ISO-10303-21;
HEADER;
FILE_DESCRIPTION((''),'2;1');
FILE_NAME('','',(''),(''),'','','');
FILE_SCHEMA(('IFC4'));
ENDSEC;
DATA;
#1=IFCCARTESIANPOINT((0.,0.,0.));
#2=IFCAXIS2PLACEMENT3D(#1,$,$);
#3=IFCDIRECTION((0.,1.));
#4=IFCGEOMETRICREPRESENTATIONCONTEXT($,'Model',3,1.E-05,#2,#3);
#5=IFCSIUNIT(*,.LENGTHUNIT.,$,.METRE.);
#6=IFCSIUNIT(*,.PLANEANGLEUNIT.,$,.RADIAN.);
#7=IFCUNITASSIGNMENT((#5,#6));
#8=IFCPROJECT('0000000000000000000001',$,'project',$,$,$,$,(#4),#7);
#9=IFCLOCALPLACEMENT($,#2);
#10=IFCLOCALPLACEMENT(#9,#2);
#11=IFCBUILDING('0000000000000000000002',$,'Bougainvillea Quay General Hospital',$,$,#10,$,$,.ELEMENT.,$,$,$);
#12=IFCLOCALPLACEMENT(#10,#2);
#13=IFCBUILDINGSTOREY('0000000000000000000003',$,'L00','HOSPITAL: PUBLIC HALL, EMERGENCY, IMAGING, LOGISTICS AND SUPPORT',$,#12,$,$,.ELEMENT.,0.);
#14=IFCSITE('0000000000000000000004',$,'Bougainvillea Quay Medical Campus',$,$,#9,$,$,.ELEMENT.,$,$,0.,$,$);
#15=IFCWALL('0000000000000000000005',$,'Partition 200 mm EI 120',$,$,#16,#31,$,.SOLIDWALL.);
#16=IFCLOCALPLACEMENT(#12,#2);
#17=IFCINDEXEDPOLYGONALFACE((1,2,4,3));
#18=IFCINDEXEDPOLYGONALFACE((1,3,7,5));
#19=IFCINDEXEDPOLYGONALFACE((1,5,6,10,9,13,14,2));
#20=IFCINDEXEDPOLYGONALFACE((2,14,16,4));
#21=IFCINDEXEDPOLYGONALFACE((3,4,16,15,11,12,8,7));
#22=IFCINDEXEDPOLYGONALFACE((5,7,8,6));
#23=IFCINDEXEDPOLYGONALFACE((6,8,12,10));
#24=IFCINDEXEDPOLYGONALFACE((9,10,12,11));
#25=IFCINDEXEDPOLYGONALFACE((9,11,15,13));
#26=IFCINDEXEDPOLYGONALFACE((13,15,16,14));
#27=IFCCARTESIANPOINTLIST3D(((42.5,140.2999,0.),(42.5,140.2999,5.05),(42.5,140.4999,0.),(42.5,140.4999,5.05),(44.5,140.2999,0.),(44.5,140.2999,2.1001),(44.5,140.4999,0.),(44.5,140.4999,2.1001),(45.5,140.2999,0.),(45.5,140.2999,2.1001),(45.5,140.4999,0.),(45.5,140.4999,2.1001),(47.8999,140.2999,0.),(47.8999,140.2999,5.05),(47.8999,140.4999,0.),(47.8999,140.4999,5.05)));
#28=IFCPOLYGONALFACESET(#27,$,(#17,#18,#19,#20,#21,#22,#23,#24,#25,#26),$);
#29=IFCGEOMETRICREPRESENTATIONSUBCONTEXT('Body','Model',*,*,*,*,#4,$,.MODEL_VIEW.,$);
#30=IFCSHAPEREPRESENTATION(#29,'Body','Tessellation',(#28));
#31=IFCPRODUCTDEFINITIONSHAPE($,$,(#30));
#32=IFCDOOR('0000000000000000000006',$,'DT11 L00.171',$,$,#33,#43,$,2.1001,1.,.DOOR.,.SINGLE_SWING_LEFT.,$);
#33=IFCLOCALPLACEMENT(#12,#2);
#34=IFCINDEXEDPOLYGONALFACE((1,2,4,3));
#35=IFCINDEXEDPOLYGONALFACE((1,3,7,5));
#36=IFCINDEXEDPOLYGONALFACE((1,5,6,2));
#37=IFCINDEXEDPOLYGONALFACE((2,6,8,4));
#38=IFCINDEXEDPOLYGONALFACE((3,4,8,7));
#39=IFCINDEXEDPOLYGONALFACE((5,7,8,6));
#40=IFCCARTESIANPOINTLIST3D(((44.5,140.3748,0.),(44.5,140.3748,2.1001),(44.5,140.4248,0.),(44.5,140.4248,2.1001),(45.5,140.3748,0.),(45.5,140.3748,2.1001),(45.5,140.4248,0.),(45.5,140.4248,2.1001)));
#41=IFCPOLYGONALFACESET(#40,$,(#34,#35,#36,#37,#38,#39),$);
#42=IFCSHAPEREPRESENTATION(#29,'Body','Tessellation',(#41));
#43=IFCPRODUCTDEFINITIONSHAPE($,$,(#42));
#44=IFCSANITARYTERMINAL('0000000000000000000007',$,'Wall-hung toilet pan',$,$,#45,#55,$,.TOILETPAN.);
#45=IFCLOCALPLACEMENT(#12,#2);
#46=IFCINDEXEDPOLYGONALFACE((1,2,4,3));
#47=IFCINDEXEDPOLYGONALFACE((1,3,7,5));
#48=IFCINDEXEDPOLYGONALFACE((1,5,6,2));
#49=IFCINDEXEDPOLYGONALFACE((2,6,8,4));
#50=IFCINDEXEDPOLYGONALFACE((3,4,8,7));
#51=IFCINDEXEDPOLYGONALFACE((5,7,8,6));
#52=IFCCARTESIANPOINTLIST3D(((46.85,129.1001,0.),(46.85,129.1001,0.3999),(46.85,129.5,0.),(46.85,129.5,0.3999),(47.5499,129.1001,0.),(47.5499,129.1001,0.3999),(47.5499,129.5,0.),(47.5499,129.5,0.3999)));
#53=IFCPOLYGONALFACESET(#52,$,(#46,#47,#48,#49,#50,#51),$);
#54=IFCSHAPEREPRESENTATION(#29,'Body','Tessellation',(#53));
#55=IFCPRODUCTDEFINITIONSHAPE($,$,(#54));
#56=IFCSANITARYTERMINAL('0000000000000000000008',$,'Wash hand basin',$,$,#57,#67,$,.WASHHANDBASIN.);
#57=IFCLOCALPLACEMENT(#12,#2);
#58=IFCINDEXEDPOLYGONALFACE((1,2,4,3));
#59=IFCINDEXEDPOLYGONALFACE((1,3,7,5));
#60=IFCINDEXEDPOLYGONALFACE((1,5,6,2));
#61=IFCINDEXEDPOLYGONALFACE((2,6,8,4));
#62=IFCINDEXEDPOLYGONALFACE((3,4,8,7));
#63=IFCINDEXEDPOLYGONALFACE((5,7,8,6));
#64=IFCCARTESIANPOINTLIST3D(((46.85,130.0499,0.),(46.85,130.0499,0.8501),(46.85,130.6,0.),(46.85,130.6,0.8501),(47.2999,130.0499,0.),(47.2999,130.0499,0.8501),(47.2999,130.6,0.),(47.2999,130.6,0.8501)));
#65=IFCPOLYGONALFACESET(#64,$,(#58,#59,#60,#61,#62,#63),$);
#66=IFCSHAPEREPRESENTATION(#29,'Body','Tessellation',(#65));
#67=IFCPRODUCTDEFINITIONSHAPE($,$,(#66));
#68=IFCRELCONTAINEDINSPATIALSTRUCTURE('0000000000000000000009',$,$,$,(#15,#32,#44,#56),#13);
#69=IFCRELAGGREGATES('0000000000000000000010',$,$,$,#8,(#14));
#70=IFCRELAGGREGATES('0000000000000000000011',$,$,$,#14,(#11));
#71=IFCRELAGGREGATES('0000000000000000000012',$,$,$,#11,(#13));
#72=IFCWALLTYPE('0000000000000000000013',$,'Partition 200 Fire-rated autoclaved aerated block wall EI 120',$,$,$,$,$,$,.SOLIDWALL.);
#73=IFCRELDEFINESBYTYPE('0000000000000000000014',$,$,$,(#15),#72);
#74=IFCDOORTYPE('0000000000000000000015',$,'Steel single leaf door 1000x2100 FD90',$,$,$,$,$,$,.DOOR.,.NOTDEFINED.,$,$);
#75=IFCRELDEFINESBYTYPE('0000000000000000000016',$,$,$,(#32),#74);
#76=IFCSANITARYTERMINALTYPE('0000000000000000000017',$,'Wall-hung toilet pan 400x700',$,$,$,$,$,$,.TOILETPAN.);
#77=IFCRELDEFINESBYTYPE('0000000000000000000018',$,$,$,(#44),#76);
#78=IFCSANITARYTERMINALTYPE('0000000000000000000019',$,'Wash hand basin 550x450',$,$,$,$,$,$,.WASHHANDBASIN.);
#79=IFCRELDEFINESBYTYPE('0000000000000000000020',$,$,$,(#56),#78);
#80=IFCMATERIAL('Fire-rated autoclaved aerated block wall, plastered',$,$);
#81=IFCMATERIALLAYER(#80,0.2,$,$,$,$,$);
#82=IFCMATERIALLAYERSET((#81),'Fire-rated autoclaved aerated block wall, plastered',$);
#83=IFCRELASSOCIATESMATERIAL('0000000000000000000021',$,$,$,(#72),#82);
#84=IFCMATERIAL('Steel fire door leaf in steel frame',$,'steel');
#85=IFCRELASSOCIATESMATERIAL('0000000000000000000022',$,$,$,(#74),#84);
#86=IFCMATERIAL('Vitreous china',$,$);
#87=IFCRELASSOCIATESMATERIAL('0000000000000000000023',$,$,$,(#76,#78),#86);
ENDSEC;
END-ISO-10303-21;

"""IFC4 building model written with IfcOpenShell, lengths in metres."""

from ifc_helpers import new_model, si_unit, direction, frame, frame_2d, origin, origin_2d, place, context, subcontext, project, spatial, rectangle, extrude, material, layer, layer_set, type_object, element, fill, save


model = new_model("IFC4")

# Units and contexts
model_context = context("Model", 3, precision=1e-05, world=origin(), true_north=direction((0.0, 1.0)))
body_context = subcontext(model_context, "Body", "Model", "MODEL_VIEW")
ifc_project = project(units=[si_unit("LENGTHUNIT", "METRE"), si_unit("PLANEANGLEUNIT", "RADIAN")], contexts=[model_context])

# Site, building, storey
site_placement = place(None, origin())
site = spatial("IfcSite", under=ifc_project, at=site_placement, Name="Bougainvillea Quay Medical Campus", CompositionType="ELEMENT", RefElevation=0.0)
building_placement = place(site_placement, origin())
building = spatial("IfcBuilding", under=site, at=building_placement, Name="Bougainvillea Quay General Hospital", CompositionType="ELEMENT")
storey_placement = place(building_placement, origin())
storey = spatial("IfcBuildingStorey", under=building, at=storey_placement, Name="L00", Description="HOSPITAL: PUBLIC HALL, EMERGENCY, IMAGING, LOGISTICS AND SUPPORT", CompositionType="ELEMENT", Elevation=0.0)

# Shared definitions
ifc_material_1 = material(Name="Fire-rated autoclaved aerated block wall, plastered")
ifc_layer_1 = layer(ifc_material_1, 0.2)
ifc_layer_set_1 = layer_set([ifc_layer_1], Name="Fire-rated autoclaved aerated block wall, plastered")
wall_type_1 = type_object("IfcWallType", Name="Partition 200 Fire-rated autoclaved aerated block wall EI 120", PredefinedType="SOLIDWALL", material=ifc_layer_set_1)
ifc_material_2 = material(Name="Steel fire door leaf in steel frame", Category="steel")

# Wall, opening, door
wall_1_placement = place(storey_placement, frame((42.5, 140.3999, 0.0), z_axis=(0.0, 0.0, 1.0), x_axis=(1.0, 0.0, 0.0)))
wall_1 = element("IfcWall", 1, at=wall_1_placement, inside=storey, type_object=wall_type_1, Name="Partition 200 mm EI 120", PredefinedType="SOLIDWALL", context=body_context, shape_type="SweptSolid", body=[
    extrude(rectangle(XDim=5.3999, YDim=0.2, at=frame_2d((2.7, 0.0))), origin(), (0.0, 0.0, 1.0), 5.05),
])
opening_1_placement = place(wall_1_placement, frame((2.0, 0.0, 0.0)))
opening_1 = element("IfcOpeningElement", 2, at=opening_1_placement, cuts=wall_1, PredefinedType="OPENING", context=body_context, shape_type="SweptSolid", body=[
    extrude(rectangle(XDim=1.0, YDim=2.1001, at=frame_2d((0.5, 1.05))), frame((0.0, 0.1099, 0.0), z_axis=(0.0, -1.0, 0.0), x_axis=(1.0, 0.0, 0.0)), (0.0, 0.0, 1.0), 0.22),
])
door_type_1 = type_object("IfcDoorType", Name="Steel single leaf door 1000x2100 FD90", OperationType="NOTDEFINED", PredefinedType="DOOR", material=ifc_material_2)
door_1_placement = place(opening_1_placement, origin())
door_1 = element("IfcDoor", 3, at=door_1_placement, inside=storey, type_object=door_type_1, Name="DT11 L00.171", OperationType="SINGLE_SWING_LEFT", OverallHeight=2.1001, OverallWidth=1.0, PredefinedType="DOOR", context=body_context, shape_type="SweptSolid", body=[
    extrude(rectangle(XDim=1.0, YDim=2.1001, at=frame_2d((0.5, 1.05))), frame((0.0, 0.0249, 0.0), z_axis=(0.0, -1.0, 0.0), x_axis=(1.0, 0.0, 0.0)), (0.0, 0.0, 1.0), 0.05),
])
fill(opening_1, door_1)

# Sanitary terminals
ifc_material_3 = material(Name="Vitreous china")
sanitary_terminal_type_1 = type_object("IfcSanitaryTerminalType", Name="Wall-hung toilet pan 400x700", PredefinedType="TOILETPAN", material=ifc_material_3)
sanitary_terminal_1_placement = place(storey_placement, frame((47.2, 129.3, 0.0), z_axis=(0.0, 0.0, 1.0), x_axis=(0.0, 1.0, 0.0)))
element("IfcSanitaryTerminal", 4, at=sanitary_terminal_1_placement, inside=storey, type_object=sanitary_terminal_type_1, Name="Wall-hung toilet pan", PredefinedType="TOILETPAN", context=body_context, shape_type="SweptSolid", body=[
    extrude(rectangle(XDim=0.3999, YDim=0.7, at=origin_2d()), origin(), (0.0, 0.0, 1.0), 0.3999),
])
sanitary_terminal_type_2 = type_object("IfcSanitaryTerminalType", Name="Wash hand basin 550x450", PredefinedType="WASHHANDBASIN", material=ifc_material_3)
sanitary_terminal_2_placement = place(storey_placement, frame((47.075, 130.325, 0.0), z_axis=(0.0, 0.0, 1.0), x_axis=(0.0, 1.0, 0.0)))
element("IfcSanitaryTerminal", 5, at=sanitary_terminal_2_placement, inside=storey, type_object=sanitary_terminal_type_2, Name="Wash hand basin", PredefinedType="WASHHANDBASIN", context=body_context, shape_type="SweptSolid", body=[
    extrude(rectangle(XDim=0.55, YDim=0.45, at=origin_2d()), origin(), (0.0, 0.0, 1.0), 0.8501),
])

save(model, "model.ifc")
